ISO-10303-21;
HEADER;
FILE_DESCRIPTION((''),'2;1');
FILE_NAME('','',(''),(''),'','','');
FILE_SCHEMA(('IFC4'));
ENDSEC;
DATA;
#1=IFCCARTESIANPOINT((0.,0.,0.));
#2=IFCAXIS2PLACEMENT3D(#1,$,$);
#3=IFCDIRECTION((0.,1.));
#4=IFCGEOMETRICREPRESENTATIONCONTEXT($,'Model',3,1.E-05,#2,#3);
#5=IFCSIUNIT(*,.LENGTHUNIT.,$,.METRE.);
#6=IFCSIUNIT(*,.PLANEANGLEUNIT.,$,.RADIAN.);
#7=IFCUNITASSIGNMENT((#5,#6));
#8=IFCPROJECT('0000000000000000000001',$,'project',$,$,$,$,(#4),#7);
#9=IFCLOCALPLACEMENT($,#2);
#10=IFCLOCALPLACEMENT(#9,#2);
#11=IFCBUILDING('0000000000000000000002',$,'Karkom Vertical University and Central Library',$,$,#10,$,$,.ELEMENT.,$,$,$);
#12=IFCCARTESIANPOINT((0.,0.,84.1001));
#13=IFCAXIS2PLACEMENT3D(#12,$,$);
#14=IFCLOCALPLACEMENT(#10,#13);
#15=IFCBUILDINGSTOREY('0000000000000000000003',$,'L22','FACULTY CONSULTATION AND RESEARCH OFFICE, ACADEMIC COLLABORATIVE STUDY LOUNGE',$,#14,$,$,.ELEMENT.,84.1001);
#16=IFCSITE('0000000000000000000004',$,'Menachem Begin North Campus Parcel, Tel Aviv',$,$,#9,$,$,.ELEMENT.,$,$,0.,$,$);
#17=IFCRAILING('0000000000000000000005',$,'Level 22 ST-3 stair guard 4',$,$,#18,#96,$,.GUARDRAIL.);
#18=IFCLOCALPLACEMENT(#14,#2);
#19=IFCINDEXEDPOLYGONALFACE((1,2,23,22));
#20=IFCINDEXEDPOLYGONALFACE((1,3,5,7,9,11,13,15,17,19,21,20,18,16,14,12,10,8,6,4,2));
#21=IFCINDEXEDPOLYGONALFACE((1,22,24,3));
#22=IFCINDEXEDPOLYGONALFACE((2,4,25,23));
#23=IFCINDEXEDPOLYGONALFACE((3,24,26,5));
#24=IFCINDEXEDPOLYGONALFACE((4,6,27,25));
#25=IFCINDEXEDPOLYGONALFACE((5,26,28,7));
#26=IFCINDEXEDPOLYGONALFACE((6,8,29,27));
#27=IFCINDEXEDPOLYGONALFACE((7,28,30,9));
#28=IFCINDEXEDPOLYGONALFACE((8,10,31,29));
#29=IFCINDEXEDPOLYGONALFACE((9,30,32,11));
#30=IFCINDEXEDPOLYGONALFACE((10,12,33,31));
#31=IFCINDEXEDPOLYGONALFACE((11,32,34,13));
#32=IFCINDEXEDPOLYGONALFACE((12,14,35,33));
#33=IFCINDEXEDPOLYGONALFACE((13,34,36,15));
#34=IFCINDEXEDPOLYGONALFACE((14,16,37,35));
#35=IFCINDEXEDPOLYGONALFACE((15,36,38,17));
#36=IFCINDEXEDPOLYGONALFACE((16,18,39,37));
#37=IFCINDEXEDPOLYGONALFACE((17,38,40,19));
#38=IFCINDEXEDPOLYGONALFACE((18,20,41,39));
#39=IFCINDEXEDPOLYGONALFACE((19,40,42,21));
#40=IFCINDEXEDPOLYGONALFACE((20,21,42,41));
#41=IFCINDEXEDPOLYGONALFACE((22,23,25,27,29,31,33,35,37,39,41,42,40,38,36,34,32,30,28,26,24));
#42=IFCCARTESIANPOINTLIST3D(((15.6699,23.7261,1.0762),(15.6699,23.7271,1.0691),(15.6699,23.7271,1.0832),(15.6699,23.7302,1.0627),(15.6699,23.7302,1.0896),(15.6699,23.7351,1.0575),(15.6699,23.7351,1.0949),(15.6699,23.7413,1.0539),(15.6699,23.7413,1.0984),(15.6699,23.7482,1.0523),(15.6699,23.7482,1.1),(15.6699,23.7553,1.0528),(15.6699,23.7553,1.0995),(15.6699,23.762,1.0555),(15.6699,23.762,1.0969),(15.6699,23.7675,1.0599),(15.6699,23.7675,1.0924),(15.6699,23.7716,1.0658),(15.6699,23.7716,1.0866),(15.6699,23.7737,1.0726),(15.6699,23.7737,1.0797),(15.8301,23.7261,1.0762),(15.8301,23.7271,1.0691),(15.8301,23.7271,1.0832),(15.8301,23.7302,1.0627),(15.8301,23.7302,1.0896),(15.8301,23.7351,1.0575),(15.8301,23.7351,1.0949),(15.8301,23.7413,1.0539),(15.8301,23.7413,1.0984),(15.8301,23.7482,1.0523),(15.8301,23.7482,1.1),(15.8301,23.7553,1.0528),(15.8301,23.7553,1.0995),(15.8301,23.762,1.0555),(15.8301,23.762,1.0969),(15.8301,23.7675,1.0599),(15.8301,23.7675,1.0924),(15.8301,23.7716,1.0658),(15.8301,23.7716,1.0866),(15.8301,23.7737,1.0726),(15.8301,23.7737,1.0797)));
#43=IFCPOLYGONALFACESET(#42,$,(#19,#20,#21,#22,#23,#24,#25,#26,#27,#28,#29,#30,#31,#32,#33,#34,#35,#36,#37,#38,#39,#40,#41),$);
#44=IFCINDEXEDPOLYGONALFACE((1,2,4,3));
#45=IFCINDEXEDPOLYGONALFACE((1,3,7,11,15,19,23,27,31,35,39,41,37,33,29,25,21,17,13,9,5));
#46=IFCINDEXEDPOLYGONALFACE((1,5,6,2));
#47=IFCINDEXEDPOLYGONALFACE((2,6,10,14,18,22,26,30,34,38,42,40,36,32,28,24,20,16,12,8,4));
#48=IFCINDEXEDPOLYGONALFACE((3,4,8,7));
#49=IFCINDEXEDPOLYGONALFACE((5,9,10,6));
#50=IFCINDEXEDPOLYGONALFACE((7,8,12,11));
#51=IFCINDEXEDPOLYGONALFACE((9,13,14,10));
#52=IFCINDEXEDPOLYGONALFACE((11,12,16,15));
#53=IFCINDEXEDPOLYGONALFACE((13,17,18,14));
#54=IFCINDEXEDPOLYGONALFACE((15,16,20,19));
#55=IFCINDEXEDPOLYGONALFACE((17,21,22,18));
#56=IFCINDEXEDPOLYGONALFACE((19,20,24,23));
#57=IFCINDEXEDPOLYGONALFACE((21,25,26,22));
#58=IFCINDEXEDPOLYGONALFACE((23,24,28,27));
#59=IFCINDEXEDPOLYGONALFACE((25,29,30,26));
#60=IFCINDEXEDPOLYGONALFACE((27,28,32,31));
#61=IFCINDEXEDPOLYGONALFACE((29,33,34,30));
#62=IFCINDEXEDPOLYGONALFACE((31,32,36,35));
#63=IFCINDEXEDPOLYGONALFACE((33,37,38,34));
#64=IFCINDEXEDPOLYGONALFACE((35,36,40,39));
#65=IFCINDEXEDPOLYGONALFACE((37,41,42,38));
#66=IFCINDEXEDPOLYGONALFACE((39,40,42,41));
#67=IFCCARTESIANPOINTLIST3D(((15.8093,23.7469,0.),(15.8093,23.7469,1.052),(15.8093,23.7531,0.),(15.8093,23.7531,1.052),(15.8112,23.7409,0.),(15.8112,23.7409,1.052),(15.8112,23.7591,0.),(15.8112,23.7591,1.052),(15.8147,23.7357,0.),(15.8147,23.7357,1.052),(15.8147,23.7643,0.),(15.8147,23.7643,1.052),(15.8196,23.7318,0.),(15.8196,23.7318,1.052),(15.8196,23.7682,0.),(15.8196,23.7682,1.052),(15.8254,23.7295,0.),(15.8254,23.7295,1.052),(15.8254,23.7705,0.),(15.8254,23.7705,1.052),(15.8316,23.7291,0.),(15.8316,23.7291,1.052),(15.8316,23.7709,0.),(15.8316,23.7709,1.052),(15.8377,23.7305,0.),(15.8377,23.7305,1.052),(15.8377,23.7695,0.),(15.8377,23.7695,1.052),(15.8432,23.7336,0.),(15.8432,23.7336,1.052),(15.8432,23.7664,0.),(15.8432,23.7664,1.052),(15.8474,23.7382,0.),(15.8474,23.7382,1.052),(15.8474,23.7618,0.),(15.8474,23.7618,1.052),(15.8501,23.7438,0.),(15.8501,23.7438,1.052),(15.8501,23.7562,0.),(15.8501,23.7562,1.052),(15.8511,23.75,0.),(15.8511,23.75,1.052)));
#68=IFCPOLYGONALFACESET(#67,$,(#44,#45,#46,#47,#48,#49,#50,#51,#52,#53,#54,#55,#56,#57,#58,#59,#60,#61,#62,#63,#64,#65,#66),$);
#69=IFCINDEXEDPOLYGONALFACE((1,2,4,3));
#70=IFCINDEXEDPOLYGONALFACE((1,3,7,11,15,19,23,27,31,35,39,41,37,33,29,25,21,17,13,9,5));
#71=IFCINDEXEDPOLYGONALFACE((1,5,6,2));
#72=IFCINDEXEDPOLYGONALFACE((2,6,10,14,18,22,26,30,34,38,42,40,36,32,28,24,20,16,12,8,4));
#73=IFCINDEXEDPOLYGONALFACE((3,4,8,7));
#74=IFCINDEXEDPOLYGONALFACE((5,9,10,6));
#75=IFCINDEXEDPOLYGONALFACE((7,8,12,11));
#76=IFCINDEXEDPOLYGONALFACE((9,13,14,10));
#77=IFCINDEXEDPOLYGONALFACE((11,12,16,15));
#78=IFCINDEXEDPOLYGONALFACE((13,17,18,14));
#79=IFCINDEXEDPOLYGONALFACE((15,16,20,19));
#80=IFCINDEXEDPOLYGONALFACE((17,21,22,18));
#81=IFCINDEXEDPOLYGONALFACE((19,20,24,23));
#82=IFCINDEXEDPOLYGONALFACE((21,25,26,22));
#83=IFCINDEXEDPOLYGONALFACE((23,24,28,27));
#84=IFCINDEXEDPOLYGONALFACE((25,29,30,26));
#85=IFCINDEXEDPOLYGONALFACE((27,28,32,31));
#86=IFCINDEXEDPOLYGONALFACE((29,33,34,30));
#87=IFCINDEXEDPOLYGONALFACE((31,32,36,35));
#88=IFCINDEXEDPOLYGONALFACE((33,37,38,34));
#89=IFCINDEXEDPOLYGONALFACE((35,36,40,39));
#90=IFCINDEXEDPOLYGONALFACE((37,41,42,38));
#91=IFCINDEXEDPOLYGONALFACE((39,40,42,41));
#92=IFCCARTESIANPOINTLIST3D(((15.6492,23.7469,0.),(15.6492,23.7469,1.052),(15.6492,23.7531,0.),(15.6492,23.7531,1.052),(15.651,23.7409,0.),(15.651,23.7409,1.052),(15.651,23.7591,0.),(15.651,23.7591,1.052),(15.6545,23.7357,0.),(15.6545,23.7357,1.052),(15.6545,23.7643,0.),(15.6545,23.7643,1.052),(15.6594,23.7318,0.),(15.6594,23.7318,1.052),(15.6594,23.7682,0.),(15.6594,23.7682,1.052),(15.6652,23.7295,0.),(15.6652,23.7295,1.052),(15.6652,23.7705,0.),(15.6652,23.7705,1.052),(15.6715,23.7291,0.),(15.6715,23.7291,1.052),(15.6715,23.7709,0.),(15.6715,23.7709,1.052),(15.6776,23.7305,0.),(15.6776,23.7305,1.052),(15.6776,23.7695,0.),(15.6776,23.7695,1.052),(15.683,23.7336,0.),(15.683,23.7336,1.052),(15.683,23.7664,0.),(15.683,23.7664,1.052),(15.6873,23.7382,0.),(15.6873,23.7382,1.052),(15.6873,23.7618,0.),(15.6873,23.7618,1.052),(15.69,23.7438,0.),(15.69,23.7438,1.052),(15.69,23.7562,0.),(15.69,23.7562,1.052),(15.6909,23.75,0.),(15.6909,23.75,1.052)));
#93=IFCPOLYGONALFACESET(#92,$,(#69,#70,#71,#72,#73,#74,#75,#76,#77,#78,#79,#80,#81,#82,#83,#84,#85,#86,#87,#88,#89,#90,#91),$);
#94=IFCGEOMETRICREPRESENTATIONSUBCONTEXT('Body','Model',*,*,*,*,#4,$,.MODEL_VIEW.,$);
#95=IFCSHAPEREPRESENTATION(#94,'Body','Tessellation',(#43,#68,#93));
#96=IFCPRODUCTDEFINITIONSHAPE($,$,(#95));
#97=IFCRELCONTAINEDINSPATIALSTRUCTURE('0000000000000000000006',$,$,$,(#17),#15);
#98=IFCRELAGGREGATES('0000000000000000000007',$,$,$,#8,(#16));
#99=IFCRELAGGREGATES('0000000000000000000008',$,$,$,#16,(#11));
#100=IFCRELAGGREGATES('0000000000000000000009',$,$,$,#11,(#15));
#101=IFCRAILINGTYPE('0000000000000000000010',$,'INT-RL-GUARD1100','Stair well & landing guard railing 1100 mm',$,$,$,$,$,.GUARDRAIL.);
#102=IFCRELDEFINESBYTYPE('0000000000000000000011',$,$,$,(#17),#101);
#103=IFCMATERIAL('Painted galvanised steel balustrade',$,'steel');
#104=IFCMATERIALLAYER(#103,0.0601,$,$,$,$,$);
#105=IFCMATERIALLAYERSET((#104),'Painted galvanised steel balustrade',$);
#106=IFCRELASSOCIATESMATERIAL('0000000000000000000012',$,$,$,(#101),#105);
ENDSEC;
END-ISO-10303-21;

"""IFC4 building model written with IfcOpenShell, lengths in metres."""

from ifc_helpers import new_model, si_unit, direction, frame, origin, origin_2d, place, context, subcontext, project, spatial, circle, extrude, material, layer, layer_set, type_object, element, save


model = new_model("IFC4")

# Units and contexts
model_context = context("Model", 3, precision=1e-05, world=origin(), true_north=direction((0.0, 1.0)))
body_context = subcontext(model_context, "Body", "Model", "MODEL_VIEW")
ifc_project = project(units=[si_unit("LENGTHUNIT", "METRE"), si_unit("PLANEANGLEUNIT", "RADIAN")], contexts=[model_context])

# Site, building, storey
site_placement = place(None, origin())
site = spatial("IfcSite", under=ifc_project, at=site_placement, Name="Menachem Begin North Campus Parcel, Tel Aviv", CompositionType="ELEMENT", RefElevation=0.0)
building_placement = place(site_placement, origin())
building = spatial("IfcBuilding", under=site, at=building_placement, Name="Karkom Vertical University and Central Library", CompositionType="ELEMENT")
storey_placement = place(building_placement, frame((0.0, 0.0, 84.1001)))
storey = spatial("IfcBuildingStorey", under=building, at=storey_placement, Name="L22", Description="FACULTY CONSULTATION AND RESEARCH OFFICE, ACADEMIC COLLABORATIVE STUDY LOUNGE", CompositionType="ELEMENT", Elevation=84.1001)

# Railing
ifc_material_1 = material(Name="Painted galvanised steel balustrade", Category="steel")
ifc_layer_1 = layer(ifc_material_1, 0.0601)
ifc_layer_set_1 = layer_set([ifc_layer_1], Name="Painted galvanised steel balustrade")
railing_type_1 = type_object("IfcRailingType", Name="INT-RL-GUARD1100", Description="Stair well & landing guard railing 1100 mm", PredefinedType="GUARDRAIL", material=ifc_layer_set_1)
railing_1_placement = place(storey_placement, frame((15.8301, 23.75, 0.0)))
element("IfcRailing", 1, at=railing_1_placement, inside=storey, type_object=railing_type_1, Name="Level 22 ST-3 stair guard 4", PredefinedType="GUARDRAIL", context=body_context, shape_type="SweptSolid", body=[
    extrude(circle(Radius=0.0239, at=origin_2d()), frame((0.0, 0.0, 1.0762), z_axis=(-1.0, 0.0, 0.0), x_axis=(0.0, -1.0, 0.0)), (0.0, 0.0, 1.0), 0.1602),
    extrude(circle(Radius=0.021, at=origin_2d()), origin(), (0.0, 0.0, 1.0), 1.052),
    extrude(circle(Radius=0.021, at=origin_2d()), frame((-0.1602, 0.0, 0.0)), (0.0, 0.0, 1.0), 1.052),
])

save(model, "model.ifc")
